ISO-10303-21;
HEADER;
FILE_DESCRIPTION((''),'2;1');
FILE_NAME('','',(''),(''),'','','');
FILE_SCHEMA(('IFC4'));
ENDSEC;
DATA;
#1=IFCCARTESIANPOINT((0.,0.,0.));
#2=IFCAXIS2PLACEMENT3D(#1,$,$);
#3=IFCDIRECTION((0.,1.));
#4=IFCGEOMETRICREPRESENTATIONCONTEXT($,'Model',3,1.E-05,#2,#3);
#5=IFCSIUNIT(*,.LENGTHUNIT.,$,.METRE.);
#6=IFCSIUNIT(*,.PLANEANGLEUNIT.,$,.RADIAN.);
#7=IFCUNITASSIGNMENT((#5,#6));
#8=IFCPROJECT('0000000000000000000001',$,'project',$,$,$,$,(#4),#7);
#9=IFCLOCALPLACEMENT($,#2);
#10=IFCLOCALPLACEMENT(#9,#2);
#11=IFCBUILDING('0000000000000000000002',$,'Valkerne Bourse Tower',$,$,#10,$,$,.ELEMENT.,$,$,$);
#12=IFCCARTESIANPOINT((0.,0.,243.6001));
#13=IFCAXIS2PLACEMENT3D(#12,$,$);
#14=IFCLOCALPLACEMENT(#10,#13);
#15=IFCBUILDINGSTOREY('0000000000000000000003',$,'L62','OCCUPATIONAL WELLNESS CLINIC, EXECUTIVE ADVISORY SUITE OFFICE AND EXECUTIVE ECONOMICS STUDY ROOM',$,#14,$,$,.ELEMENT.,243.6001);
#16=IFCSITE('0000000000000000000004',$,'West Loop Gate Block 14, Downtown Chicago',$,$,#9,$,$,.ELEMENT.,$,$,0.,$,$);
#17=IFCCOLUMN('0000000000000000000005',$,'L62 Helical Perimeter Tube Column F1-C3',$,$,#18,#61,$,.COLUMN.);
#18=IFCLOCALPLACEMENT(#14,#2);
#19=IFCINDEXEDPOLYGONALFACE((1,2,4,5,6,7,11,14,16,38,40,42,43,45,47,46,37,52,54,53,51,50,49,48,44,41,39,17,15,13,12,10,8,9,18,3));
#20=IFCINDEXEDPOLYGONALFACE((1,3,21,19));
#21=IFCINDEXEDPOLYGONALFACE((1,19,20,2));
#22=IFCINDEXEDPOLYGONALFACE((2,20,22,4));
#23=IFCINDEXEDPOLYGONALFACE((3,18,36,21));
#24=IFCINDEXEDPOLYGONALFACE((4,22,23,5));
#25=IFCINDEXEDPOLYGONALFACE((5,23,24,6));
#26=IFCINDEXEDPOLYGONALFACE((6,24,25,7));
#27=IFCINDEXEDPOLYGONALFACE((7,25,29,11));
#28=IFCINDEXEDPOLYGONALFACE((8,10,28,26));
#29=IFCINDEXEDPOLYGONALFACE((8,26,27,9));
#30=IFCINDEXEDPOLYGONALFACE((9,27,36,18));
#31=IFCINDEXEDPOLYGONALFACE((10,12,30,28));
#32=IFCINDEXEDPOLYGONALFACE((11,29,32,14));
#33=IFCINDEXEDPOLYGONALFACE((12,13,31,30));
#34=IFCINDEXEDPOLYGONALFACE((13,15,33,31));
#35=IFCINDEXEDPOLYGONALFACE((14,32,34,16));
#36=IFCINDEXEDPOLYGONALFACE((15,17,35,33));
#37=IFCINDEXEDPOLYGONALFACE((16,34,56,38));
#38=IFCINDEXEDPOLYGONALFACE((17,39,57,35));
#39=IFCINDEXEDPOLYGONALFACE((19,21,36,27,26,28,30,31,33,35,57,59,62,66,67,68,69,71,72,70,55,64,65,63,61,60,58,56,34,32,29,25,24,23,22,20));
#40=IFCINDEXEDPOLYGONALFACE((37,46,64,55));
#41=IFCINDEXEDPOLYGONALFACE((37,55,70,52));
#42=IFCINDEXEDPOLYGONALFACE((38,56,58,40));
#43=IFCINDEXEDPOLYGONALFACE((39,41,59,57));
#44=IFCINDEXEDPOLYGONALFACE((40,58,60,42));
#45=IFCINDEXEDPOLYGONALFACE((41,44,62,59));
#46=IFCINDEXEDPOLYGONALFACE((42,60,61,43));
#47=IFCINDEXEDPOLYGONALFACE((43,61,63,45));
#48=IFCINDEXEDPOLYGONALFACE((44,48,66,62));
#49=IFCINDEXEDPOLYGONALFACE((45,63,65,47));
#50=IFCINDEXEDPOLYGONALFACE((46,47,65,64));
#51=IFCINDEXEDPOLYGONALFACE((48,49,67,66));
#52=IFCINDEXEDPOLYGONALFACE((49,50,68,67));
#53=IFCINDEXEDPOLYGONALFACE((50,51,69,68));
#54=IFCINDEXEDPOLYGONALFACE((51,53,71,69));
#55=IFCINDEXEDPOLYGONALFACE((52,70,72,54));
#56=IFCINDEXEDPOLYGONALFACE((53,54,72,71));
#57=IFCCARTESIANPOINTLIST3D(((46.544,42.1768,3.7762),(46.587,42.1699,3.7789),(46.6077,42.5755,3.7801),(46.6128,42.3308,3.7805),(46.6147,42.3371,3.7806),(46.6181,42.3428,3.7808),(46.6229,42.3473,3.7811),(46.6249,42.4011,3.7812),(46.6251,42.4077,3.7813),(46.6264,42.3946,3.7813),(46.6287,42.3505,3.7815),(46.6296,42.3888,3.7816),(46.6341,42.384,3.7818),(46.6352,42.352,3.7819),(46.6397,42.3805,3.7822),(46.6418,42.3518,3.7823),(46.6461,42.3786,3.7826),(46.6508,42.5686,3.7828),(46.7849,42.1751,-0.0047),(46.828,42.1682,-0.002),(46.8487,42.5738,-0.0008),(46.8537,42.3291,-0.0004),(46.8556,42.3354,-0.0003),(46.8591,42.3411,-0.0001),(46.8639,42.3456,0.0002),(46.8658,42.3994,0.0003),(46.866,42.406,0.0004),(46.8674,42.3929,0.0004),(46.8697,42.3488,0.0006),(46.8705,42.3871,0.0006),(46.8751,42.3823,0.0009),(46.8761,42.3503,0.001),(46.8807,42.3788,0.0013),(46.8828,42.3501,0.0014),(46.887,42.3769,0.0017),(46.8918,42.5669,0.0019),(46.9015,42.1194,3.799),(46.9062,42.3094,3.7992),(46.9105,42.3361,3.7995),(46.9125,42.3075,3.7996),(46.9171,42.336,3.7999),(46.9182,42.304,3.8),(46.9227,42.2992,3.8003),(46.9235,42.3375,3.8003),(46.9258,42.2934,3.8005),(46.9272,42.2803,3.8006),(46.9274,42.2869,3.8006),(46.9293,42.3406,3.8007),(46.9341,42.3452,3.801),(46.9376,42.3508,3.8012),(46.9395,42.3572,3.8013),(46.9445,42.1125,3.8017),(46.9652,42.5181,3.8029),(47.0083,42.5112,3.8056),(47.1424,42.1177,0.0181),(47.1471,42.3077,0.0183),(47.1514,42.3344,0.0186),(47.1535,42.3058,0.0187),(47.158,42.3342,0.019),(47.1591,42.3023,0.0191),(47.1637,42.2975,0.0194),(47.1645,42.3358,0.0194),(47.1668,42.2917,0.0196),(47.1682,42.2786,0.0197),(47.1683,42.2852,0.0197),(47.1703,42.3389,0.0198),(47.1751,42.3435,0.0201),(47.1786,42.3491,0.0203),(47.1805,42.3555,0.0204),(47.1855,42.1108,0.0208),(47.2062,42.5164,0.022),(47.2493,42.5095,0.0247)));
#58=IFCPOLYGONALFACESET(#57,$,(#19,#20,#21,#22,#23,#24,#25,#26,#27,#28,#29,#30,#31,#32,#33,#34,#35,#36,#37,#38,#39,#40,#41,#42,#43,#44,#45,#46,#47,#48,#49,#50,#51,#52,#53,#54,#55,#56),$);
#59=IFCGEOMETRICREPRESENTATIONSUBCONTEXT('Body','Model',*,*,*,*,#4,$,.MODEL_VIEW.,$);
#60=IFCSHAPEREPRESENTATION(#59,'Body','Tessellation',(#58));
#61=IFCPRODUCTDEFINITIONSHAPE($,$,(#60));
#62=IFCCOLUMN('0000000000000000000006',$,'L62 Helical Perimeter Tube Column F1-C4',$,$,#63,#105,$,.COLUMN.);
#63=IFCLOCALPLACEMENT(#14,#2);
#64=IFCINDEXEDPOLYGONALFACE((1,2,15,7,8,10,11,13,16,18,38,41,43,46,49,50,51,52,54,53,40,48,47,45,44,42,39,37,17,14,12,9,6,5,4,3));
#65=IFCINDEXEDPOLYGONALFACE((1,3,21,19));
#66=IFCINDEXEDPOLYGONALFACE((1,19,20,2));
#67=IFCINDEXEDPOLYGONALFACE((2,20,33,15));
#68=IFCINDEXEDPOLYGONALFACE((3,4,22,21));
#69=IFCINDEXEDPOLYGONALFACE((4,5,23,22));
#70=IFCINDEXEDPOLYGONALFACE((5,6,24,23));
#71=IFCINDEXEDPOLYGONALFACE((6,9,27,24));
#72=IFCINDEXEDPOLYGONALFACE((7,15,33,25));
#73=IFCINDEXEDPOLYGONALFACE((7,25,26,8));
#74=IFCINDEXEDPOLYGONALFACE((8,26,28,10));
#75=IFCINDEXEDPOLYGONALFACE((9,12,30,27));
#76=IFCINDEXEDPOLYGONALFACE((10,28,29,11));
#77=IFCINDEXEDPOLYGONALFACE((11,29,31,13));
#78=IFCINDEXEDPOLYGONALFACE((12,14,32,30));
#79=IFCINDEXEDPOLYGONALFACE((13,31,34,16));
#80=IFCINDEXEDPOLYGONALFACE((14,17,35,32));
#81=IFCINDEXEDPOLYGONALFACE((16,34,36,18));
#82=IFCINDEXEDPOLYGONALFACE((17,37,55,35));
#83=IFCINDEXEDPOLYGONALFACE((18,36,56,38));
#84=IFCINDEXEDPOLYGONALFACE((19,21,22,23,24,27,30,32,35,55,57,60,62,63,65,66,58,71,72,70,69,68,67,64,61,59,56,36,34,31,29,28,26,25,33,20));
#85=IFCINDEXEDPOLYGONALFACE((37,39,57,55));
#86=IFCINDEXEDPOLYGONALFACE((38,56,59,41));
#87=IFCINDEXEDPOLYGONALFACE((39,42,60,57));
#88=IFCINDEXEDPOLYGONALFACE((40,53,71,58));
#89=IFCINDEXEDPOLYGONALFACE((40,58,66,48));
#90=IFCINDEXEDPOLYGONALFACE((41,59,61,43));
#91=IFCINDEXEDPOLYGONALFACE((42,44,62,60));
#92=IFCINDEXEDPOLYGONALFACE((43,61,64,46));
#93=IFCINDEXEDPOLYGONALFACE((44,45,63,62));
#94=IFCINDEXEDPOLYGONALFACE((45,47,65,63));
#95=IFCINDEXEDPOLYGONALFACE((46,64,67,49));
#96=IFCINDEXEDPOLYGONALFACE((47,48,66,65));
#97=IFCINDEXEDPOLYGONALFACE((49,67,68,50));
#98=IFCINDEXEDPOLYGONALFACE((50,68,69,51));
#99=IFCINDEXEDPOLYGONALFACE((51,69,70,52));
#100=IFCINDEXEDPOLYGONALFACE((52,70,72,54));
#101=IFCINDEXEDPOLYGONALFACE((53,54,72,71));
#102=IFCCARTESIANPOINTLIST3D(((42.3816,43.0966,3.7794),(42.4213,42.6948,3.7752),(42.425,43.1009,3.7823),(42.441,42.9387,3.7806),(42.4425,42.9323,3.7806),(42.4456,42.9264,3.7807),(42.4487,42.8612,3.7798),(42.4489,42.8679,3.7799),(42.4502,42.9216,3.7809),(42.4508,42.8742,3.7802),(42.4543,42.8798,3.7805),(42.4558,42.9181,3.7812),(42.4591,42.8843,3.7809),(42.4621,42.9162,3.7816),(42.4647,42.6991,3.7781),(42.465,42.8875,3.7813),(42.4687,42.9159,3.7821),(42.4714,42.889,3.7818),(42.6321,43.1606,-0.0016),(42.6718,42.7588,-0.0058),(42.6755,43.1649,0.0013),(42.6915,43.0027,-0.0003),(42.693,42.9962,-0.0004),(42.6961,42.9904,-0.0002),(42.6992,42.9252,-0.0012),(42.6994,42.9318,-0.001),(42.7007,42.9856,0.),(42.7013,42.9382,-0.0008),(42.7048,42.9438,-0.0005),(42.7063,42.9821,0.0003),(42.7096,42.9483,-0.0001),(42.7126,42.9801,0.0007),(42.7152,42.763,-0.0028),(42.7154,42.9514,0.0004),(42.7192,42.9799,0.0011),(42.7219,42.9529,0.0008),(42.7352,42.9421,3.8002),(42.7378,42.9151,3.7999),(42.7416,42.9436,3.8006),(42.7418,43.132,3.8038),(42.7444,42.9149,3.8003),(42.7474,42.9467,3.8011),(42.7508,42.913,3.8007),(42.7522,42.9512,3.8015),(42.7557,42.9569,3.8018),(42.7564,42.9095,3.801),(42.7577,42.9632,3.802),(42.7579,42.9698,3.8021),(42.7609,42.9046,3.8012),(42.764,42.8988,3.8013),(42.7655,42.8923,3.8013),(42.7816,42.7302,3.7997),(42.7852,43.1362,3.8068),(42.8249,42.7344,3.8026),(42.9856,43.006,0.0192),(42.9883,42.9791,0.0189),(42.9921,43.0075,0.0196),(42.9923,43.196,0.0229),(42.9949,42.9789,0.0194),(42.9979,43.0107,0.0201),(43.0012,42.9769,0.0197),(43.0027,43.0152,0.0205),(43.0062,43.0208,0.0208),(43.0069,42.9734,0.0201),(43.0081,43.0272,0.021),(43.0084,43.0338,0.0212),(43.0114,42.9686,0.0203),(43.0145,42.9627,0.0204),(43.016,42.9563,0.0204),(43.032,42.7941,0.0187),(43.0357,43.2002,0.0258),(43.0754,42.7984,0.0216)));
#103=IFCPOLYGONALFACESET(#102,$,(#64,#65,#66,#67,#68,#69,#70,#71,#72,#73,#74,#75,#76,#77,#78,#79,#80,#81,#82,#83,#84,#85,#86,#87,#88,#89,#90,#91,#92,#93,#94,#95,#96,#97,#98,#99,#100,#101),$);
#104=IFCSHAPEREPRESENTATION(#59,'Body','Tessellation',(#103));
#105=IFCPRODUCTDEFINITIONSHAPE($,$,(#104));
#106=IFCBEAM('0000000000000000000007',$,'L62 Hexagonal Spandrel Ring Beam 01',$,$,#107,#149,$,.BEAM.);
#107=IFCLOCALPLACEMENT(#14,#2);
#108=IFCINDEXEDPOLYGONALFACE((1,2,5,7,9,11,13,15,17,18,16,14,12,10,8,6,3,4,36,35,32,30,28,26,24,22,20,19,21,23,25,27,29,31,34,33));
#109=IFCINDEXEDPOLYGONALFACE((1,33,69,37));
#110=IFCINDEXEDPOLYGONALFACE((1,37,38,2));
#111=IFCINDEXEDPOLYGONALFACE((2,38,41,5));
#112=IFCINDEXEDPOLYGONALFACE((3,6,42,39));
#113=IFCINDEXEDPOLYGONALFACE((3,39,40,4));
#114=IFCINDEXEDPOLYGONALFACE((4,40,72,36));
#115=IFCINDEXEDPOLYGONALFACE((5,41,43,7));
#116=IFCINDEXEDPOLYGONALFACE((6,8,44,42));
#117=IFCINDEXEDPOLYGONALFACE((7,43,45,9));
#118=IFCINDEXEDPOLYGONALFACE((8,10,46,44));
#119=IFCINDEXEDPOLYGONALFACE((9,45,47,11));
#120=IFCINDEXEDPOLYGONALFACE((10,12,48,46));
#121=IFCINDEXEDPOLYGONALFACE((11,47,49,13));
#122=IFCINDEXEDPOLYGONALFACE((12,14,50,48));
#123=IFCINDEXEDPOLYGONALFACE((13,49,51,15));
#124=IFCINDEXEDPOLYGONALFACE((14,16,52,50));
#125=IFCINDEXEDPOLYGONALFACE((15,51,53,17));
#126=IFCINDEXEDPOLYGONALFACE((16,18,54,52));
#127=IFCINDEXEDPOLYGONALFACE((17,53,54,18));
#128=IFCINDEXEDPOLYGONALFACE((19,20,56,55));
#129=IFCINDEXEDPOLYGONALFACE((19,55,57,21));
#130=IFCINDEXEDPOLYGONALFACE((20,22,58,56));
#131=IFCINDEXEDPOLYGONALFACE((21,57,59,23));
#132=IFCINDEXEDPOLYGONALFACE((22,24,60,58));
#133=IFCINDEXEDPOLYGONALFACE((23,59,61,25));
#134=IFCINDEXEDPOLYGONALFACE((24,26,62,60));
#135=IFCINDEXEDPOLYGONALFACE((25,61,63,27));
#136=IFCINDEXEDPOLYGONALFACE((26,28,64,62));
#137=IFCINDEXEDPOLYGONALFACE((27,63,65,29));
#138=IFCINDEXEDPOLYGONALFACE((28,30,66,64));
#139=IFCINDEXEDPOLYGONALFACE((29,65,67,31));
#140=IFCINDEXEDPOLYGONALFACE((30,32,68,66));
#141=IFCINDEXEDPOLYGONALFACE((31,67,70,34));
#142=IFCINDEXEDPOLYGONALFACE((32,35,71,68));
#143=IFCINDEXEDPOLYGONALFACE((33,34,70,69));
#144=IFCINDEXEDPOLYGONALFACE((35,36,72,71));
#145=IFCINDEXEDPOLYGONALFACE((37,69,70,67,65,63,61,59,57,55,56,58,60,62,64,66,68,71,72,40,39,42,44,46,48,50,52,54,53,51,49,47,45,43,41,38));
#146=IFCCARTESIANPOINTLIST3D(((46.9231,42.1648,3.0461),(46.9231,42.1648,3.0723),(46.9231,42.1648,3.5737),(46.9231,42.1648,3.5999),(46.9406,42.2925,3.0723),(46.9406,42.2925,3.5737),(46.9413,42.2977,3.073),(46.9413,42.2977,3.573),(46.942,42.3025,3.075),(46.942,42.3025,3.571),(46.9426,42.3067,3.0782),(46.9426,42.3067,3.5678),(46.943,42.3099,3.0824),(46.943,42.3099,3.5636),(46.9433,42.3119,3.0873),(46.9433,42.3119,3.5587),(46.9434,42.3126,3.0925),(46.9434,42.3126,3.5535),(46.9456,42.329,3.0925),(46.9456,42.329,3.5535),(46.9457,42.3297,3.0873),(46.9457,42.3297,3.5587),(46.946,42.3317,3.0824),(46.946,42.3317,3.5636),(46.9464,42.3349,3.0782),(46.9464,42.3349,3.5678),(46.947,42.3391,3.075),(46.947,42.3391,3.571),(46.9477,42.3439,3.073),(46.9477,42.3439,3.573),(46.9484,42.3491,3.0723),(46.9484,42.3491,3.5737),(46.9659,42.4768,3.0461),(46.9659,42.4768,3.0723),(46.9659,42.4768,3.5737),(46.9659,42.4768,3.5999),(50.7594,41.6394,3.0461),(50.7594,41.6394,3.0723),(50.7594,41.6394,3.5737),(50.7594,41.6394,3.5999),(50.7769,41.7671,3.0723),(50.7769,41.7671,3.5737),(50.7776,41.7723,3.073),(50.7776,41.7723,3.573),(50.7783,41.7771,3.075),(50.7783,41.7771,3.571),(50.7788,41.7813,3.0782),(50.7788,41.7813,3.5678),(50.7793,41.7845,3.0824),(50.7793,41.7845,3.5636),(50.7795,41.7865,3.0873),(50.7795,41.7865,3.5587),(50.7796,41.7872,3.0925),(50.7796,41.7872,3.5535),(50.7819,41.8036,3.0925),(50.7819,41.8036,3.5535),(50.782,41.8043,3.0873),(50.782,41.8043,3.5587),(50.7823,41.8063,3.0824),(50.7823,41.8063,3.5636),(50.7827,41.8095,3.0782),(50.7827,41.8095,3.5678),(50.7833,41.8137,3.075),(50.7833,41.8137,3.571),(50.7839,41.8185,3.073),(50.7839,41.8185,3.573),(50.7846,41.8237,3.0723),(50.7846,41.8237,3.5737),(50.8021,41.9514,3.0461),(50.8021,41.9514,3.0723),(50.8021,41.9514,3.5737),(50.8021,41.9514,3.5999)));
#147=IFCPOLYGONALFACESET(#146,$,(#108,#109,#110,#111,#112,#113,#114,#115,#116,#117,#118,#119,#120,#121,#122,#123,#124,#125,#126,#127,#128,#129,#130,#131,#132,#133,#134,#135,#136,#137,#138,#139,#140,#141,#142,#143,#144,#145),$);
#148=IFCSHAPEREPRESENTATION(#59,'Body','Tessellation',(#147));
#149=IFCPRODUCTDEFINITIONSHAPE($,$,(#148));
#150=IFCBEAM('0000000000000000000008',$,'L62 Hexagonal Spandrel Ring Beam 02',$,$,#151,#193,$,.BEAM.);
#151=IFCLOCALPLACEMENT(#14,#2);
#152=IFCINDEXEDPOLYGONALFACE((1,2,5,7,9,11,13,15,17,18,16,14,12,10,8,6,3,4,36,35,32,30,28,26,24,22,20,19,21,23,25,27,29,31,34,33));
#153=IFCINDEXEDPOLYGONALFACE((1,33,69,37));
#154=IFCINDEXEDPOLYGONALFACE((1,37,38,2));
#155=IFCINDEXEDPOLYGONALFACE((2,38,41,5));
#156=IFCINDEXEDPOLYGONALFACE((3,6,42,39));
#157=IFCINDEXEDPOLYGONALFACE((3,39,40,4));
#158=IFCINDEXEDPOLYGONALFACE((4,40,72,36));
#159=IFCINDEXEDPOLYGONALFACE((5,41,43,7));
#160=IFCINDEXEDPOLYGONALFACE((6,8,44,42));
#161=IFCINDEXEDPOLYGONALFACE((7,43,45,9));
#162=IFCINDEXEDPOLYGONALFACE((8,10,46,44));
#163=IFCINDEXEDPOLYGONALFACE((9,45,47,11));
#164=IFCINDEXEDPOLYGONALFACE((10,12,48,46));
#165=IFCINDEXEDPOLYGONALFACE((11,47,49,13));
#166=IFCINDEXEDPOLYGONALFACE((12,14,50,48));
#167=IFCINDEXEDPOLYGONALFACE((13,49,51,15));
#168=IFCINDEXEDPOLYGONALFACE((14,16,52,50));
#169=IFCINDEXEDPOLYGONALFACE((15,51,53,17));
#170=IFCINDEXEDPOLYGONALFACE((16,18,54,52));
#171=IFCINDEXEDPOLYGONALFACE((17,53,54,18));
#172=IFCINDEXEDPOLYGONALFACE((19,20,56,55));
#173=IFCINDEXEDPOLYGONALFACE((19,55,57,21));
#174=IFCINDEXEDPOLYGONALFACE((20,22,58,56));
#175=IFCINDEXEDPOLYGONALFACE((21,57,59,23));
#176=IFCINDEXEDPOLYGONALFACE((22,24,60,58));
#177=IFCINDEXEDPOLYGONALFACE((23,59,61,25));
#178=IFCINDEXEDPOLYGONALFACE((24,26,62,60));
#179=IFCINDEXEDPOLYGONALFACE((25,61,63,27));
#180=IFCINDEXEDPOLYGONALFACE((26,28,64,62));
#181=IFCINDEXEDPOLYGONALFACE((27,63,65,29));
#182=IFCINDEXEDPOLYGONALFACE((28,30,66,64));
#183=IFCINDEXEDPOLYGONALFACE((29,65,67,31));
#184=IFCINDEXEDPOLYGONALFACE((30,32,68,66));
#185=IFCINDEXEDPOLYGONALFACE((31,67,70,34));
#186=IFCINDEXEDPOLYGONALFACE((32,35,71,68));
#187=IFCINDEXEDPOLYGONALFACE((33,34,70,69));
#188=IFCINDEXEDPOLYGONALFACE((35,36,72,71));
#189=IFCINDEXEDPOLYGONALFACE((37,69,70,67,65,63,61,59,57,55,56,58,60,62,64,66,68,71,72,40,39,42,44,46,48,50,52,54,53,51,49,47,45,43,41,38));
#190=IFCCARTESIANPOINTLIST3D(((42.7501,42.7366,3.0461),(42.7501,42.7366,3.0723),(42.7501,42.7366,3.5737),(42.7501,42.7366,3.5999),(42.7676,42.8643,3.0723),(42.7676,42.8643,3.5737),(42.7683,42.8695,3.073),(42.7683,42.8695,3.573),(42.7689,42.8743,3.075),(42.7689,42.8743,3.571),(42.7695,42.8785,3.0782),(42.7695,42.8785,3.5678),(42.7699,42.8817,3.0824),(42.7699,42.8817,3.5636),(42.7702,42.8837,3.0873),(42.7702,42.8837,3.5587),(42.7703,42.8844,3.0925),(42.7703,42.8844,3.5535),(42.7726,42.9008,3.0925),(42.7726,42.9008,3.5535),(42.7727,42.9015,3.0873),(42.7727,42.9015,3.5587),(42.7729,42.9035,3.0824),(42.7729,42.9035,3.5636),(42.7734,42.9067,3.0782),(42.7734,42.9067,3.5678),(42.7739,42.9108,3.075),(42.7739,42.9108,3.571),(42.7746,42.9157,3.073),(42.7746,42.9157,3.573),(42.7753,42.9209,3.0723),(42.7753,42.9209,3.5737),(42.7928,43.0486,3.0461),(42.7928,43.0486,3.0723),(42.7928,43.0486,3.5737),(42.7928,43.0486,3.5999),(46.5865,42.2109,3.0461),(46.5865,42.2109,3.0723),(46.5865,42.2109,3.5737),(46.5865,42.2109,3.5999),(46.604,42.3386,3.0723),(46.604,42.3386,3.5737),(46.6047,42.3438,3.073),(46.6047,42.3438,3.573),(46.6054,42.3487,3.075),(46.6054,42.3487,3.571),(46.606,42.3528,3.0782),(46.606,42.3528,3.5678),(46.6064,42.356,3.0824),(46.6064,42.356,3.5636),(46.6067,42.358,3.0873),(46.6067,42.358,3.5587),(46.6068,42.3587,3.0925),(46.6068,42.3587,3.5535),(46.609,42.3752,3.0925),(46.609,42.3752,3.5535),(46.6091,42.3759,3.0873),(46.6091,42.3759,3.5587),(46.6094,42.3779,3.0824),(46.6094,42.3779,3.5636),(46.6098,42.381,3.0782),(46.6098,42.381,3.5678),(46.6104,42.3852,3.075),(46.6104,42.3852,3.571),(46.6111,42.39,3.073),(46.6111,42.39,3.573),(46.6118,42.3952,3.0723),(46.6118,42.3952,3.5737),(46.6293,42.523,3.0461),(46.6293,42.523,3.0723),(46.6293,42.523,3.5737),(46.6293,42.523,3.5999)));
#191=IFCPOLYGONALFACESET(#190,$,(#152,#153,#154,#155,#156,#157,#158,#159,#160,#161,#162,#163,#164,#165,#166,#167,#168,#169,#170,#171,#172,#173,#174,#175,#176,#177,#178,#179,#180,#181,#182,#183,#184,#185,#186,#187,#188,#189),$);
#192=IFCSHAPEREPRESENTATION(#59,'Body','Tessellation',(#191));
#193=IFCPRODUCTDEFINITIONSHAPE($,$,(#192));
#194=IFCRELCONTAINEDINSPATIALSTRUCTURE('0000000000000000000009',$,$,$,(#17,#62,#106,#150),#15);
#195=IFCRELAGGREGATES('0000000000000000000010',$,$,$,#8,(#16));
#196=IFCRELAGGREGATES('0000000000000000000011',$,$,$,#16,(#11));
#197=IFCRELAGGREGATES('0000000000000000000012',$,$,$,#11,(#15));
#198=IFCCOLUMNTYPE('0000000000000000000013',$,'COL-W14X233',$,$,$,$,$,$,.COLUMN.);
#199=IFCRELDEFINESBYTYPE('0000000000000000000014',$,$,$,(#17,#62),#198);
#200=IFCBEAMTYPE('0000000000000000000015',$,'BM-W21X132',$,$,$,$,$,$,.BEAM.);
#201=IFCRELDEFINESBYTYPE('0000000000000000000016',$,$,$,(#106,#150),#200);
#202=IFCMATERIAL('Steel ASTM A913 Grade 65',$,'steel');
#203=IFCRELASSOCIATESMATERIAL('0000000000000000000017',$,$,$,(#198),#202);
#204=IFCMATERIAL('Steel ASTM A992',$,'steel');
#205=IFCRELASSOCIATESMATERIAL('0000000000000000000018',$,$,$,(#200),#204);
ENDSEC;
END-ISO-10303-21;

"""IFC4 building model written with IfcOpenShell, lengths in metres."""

from ifc_helpers import new_model, si_unit, direction, frame, origin, origin_2d, place, context, subcontext, project, spatial, i_section, extrude, material, material_profile, profile_set, type_object, element, save


model = new_model("IFC4")

# Units and contexts
model_context = context("Model", 3, precision=1e-05, world=origin(), true_north=direction((0.0, 1.0)))
body_context = subcontext(model_context, "Body", "Model", "MODEL_VIEW")
ifc_project = project(units=[si_unit("LENGTHUNIT", "METRE"), si_unit("PLANEANGLEUNIT", "RADIAN")], contexts=[model_context])

# Site, building, storey
site_placement = place(None, origin())
site = spatial("IfcSite", under=ifc_project, at=site_placement, Name="West Loop Gate Block 14, Downtown Chicago", CompositionType="ELEMENT", RefElevation=0.0)
building_placement = place(site_placement, origin())
building = spatial("IfcBuilding", under=site, at=building_placement, Name="Valkerne Bourse Tower", CompositionType="ELEMENT")
storey_placement = place(building_placement, frame((0.0, 0.0, 243.6001)))
storey = spatial("IfcBuildingStorey", under=building, at=storey_placement, Name="L62", Description="OCCUPATIONAL WELLNESS CLINIC, EXECUTIVE ADVISORY SUITE OFFICE AND EXECUTIVE ECONOMICS STUDY ROOM", CompositionType="ELEMENT", Elevation=243.6001)

# Columns
ifc_material_1 = material(Name="Steel ASTM A913 Grade 65", Category="steel")
ifc_material_profile_1 = material_profile(ifc_material_1, i_section(OverallWidth=0.4038, OverallDepth=0.4065, WebThickness=0.0271, FlangeThickness=0.0437, FilletRadius=0.0254, at=origin_2d()), Name="W14X233")
ifc_profile_set_1 = profile_set([ifc_material_profile_1], Name="Steel ASTM A913 Grade 65")
column_type = type_object("IfcColumnType", Name="COL-W14X233", PredefinedType="COLUMN", material=ifc_profile_set_1)
column_1_placement = place(storey_placement, frame((47.0171, 42.3423, 0.01), z_axis=(-0.063602, 0.000451, 0.997975), x_axis=(0.157961, 0.987398, 0.009621)))
element("IfcColumn", 1, at=column_1_placement, inside=storey, type_object=column_type, Name="L62 Helical Perimeter Tube Column F1-C3", PredefinedType="COLUMN", context=body_context, shape_type="SweptSolid", body=[
    extrude(i_section(OverallWidth=0.4038, OverallDepth=0.4065, WebThickness=0.0271, FlangeThickness=0.0437, FilletRadius=0.0254, at=origin_2d()), origin(), (0.0, 0.0, 1.0), 3.7886),
])
column_2_placement = place(storey_placement, frame((42.8538, 42.9795, 0.01), z_axis=(-0.066095, -0.016878, 0.997671), x_axis=(-0.098358, 0.995098, 0.010318)))
element("IfcColumn", 2, at=column_2_placement, inside=storey, type_object=column_type, Name="L62 Helical Perimeter Tube Column F1-C4", PredefinedType="COLUMN", context=body_context, shape_type="SweptSolid", body=[
    extrude(i_section(OverallWidth=0.4038, OverallDepth=0.4065, WebThickness=0.0271, FlangeThickness=0.0437, FilletRadius=0.0254, at=origin_2d()), origin(), (0.0, 0.0, 1.0), 3.7898),
])

# Beams
ifc_material_2 = material(Name="Steel ASTM A992", Category="steel")
ifc_material_profile_2 = material_profile(ifc_material_2, i_section(OverallWidth=0.3149, OverallDepth=0.5537, WebThickness=0.0166, FlangeThickness=0.0261, FilletRadius=0.0203, at=origin_2d()), Name="W21X132")
ifc_profile_set_2 = profile_set([ifc_material_profile_2], Name="Steel ASTM A992")
beam_type_1 = type_object("IfcBeamType", Name="BM-W21X132", PredefinedType="BEAM", material=ifc_profile_set_2)
beam_1_placement = place(storey_placement, frame((50.7808, 41.7954, 3.323), z_axis=(-0.990751, 0.13569, 0.0), x_axis=(-0.13569, -0.990751, 0.0)))
element("IfcBeam", 3, at=beam_1_placement, inside=storey, type_object=beam_type_1, Name="L62 Hexagonal Spandrel Ring Beam 01", PredefinedType="BEAM", context=body_context, shape_type="SweptSolid", body=[
    extrude(i_section(OverallWidth=0.3149, OverallDepth=0.5537, WebThickness=0.0166, FlangeThickness=0.0261, FilletRadius=0.0203, at=origin_2d()), origin(), (0.0, 0.0, 1.0), 3.8721),
])
beam_2_placement = place(storey_placement, frame((46.6079, 42.3669, 3.323), z_axis=(-0.990744, 0.135743, 0.0), x_axis=(-0.135743, -0.990744, 0.0)))
element("IfcBeam", 4, at=beam_2_placement, inside=storey, type_object=beam_type_1, Name="L62 Hexagonal Spandrel Ring Beam 02", PredefinedType="BEAM", context=body_context, shape_type="SweptSolid", body=[
    extrude(i_section(OverallWidth=0.3149, OverallDepth=0.5537, WebThickness=0.0166, FlangeThickness=0.0261, FilletRadius=0.0203, at=origin_2d()), origin(), (0.0, 0.0, 1.0), 3.8723),
])

save(model, "model.ifc")
